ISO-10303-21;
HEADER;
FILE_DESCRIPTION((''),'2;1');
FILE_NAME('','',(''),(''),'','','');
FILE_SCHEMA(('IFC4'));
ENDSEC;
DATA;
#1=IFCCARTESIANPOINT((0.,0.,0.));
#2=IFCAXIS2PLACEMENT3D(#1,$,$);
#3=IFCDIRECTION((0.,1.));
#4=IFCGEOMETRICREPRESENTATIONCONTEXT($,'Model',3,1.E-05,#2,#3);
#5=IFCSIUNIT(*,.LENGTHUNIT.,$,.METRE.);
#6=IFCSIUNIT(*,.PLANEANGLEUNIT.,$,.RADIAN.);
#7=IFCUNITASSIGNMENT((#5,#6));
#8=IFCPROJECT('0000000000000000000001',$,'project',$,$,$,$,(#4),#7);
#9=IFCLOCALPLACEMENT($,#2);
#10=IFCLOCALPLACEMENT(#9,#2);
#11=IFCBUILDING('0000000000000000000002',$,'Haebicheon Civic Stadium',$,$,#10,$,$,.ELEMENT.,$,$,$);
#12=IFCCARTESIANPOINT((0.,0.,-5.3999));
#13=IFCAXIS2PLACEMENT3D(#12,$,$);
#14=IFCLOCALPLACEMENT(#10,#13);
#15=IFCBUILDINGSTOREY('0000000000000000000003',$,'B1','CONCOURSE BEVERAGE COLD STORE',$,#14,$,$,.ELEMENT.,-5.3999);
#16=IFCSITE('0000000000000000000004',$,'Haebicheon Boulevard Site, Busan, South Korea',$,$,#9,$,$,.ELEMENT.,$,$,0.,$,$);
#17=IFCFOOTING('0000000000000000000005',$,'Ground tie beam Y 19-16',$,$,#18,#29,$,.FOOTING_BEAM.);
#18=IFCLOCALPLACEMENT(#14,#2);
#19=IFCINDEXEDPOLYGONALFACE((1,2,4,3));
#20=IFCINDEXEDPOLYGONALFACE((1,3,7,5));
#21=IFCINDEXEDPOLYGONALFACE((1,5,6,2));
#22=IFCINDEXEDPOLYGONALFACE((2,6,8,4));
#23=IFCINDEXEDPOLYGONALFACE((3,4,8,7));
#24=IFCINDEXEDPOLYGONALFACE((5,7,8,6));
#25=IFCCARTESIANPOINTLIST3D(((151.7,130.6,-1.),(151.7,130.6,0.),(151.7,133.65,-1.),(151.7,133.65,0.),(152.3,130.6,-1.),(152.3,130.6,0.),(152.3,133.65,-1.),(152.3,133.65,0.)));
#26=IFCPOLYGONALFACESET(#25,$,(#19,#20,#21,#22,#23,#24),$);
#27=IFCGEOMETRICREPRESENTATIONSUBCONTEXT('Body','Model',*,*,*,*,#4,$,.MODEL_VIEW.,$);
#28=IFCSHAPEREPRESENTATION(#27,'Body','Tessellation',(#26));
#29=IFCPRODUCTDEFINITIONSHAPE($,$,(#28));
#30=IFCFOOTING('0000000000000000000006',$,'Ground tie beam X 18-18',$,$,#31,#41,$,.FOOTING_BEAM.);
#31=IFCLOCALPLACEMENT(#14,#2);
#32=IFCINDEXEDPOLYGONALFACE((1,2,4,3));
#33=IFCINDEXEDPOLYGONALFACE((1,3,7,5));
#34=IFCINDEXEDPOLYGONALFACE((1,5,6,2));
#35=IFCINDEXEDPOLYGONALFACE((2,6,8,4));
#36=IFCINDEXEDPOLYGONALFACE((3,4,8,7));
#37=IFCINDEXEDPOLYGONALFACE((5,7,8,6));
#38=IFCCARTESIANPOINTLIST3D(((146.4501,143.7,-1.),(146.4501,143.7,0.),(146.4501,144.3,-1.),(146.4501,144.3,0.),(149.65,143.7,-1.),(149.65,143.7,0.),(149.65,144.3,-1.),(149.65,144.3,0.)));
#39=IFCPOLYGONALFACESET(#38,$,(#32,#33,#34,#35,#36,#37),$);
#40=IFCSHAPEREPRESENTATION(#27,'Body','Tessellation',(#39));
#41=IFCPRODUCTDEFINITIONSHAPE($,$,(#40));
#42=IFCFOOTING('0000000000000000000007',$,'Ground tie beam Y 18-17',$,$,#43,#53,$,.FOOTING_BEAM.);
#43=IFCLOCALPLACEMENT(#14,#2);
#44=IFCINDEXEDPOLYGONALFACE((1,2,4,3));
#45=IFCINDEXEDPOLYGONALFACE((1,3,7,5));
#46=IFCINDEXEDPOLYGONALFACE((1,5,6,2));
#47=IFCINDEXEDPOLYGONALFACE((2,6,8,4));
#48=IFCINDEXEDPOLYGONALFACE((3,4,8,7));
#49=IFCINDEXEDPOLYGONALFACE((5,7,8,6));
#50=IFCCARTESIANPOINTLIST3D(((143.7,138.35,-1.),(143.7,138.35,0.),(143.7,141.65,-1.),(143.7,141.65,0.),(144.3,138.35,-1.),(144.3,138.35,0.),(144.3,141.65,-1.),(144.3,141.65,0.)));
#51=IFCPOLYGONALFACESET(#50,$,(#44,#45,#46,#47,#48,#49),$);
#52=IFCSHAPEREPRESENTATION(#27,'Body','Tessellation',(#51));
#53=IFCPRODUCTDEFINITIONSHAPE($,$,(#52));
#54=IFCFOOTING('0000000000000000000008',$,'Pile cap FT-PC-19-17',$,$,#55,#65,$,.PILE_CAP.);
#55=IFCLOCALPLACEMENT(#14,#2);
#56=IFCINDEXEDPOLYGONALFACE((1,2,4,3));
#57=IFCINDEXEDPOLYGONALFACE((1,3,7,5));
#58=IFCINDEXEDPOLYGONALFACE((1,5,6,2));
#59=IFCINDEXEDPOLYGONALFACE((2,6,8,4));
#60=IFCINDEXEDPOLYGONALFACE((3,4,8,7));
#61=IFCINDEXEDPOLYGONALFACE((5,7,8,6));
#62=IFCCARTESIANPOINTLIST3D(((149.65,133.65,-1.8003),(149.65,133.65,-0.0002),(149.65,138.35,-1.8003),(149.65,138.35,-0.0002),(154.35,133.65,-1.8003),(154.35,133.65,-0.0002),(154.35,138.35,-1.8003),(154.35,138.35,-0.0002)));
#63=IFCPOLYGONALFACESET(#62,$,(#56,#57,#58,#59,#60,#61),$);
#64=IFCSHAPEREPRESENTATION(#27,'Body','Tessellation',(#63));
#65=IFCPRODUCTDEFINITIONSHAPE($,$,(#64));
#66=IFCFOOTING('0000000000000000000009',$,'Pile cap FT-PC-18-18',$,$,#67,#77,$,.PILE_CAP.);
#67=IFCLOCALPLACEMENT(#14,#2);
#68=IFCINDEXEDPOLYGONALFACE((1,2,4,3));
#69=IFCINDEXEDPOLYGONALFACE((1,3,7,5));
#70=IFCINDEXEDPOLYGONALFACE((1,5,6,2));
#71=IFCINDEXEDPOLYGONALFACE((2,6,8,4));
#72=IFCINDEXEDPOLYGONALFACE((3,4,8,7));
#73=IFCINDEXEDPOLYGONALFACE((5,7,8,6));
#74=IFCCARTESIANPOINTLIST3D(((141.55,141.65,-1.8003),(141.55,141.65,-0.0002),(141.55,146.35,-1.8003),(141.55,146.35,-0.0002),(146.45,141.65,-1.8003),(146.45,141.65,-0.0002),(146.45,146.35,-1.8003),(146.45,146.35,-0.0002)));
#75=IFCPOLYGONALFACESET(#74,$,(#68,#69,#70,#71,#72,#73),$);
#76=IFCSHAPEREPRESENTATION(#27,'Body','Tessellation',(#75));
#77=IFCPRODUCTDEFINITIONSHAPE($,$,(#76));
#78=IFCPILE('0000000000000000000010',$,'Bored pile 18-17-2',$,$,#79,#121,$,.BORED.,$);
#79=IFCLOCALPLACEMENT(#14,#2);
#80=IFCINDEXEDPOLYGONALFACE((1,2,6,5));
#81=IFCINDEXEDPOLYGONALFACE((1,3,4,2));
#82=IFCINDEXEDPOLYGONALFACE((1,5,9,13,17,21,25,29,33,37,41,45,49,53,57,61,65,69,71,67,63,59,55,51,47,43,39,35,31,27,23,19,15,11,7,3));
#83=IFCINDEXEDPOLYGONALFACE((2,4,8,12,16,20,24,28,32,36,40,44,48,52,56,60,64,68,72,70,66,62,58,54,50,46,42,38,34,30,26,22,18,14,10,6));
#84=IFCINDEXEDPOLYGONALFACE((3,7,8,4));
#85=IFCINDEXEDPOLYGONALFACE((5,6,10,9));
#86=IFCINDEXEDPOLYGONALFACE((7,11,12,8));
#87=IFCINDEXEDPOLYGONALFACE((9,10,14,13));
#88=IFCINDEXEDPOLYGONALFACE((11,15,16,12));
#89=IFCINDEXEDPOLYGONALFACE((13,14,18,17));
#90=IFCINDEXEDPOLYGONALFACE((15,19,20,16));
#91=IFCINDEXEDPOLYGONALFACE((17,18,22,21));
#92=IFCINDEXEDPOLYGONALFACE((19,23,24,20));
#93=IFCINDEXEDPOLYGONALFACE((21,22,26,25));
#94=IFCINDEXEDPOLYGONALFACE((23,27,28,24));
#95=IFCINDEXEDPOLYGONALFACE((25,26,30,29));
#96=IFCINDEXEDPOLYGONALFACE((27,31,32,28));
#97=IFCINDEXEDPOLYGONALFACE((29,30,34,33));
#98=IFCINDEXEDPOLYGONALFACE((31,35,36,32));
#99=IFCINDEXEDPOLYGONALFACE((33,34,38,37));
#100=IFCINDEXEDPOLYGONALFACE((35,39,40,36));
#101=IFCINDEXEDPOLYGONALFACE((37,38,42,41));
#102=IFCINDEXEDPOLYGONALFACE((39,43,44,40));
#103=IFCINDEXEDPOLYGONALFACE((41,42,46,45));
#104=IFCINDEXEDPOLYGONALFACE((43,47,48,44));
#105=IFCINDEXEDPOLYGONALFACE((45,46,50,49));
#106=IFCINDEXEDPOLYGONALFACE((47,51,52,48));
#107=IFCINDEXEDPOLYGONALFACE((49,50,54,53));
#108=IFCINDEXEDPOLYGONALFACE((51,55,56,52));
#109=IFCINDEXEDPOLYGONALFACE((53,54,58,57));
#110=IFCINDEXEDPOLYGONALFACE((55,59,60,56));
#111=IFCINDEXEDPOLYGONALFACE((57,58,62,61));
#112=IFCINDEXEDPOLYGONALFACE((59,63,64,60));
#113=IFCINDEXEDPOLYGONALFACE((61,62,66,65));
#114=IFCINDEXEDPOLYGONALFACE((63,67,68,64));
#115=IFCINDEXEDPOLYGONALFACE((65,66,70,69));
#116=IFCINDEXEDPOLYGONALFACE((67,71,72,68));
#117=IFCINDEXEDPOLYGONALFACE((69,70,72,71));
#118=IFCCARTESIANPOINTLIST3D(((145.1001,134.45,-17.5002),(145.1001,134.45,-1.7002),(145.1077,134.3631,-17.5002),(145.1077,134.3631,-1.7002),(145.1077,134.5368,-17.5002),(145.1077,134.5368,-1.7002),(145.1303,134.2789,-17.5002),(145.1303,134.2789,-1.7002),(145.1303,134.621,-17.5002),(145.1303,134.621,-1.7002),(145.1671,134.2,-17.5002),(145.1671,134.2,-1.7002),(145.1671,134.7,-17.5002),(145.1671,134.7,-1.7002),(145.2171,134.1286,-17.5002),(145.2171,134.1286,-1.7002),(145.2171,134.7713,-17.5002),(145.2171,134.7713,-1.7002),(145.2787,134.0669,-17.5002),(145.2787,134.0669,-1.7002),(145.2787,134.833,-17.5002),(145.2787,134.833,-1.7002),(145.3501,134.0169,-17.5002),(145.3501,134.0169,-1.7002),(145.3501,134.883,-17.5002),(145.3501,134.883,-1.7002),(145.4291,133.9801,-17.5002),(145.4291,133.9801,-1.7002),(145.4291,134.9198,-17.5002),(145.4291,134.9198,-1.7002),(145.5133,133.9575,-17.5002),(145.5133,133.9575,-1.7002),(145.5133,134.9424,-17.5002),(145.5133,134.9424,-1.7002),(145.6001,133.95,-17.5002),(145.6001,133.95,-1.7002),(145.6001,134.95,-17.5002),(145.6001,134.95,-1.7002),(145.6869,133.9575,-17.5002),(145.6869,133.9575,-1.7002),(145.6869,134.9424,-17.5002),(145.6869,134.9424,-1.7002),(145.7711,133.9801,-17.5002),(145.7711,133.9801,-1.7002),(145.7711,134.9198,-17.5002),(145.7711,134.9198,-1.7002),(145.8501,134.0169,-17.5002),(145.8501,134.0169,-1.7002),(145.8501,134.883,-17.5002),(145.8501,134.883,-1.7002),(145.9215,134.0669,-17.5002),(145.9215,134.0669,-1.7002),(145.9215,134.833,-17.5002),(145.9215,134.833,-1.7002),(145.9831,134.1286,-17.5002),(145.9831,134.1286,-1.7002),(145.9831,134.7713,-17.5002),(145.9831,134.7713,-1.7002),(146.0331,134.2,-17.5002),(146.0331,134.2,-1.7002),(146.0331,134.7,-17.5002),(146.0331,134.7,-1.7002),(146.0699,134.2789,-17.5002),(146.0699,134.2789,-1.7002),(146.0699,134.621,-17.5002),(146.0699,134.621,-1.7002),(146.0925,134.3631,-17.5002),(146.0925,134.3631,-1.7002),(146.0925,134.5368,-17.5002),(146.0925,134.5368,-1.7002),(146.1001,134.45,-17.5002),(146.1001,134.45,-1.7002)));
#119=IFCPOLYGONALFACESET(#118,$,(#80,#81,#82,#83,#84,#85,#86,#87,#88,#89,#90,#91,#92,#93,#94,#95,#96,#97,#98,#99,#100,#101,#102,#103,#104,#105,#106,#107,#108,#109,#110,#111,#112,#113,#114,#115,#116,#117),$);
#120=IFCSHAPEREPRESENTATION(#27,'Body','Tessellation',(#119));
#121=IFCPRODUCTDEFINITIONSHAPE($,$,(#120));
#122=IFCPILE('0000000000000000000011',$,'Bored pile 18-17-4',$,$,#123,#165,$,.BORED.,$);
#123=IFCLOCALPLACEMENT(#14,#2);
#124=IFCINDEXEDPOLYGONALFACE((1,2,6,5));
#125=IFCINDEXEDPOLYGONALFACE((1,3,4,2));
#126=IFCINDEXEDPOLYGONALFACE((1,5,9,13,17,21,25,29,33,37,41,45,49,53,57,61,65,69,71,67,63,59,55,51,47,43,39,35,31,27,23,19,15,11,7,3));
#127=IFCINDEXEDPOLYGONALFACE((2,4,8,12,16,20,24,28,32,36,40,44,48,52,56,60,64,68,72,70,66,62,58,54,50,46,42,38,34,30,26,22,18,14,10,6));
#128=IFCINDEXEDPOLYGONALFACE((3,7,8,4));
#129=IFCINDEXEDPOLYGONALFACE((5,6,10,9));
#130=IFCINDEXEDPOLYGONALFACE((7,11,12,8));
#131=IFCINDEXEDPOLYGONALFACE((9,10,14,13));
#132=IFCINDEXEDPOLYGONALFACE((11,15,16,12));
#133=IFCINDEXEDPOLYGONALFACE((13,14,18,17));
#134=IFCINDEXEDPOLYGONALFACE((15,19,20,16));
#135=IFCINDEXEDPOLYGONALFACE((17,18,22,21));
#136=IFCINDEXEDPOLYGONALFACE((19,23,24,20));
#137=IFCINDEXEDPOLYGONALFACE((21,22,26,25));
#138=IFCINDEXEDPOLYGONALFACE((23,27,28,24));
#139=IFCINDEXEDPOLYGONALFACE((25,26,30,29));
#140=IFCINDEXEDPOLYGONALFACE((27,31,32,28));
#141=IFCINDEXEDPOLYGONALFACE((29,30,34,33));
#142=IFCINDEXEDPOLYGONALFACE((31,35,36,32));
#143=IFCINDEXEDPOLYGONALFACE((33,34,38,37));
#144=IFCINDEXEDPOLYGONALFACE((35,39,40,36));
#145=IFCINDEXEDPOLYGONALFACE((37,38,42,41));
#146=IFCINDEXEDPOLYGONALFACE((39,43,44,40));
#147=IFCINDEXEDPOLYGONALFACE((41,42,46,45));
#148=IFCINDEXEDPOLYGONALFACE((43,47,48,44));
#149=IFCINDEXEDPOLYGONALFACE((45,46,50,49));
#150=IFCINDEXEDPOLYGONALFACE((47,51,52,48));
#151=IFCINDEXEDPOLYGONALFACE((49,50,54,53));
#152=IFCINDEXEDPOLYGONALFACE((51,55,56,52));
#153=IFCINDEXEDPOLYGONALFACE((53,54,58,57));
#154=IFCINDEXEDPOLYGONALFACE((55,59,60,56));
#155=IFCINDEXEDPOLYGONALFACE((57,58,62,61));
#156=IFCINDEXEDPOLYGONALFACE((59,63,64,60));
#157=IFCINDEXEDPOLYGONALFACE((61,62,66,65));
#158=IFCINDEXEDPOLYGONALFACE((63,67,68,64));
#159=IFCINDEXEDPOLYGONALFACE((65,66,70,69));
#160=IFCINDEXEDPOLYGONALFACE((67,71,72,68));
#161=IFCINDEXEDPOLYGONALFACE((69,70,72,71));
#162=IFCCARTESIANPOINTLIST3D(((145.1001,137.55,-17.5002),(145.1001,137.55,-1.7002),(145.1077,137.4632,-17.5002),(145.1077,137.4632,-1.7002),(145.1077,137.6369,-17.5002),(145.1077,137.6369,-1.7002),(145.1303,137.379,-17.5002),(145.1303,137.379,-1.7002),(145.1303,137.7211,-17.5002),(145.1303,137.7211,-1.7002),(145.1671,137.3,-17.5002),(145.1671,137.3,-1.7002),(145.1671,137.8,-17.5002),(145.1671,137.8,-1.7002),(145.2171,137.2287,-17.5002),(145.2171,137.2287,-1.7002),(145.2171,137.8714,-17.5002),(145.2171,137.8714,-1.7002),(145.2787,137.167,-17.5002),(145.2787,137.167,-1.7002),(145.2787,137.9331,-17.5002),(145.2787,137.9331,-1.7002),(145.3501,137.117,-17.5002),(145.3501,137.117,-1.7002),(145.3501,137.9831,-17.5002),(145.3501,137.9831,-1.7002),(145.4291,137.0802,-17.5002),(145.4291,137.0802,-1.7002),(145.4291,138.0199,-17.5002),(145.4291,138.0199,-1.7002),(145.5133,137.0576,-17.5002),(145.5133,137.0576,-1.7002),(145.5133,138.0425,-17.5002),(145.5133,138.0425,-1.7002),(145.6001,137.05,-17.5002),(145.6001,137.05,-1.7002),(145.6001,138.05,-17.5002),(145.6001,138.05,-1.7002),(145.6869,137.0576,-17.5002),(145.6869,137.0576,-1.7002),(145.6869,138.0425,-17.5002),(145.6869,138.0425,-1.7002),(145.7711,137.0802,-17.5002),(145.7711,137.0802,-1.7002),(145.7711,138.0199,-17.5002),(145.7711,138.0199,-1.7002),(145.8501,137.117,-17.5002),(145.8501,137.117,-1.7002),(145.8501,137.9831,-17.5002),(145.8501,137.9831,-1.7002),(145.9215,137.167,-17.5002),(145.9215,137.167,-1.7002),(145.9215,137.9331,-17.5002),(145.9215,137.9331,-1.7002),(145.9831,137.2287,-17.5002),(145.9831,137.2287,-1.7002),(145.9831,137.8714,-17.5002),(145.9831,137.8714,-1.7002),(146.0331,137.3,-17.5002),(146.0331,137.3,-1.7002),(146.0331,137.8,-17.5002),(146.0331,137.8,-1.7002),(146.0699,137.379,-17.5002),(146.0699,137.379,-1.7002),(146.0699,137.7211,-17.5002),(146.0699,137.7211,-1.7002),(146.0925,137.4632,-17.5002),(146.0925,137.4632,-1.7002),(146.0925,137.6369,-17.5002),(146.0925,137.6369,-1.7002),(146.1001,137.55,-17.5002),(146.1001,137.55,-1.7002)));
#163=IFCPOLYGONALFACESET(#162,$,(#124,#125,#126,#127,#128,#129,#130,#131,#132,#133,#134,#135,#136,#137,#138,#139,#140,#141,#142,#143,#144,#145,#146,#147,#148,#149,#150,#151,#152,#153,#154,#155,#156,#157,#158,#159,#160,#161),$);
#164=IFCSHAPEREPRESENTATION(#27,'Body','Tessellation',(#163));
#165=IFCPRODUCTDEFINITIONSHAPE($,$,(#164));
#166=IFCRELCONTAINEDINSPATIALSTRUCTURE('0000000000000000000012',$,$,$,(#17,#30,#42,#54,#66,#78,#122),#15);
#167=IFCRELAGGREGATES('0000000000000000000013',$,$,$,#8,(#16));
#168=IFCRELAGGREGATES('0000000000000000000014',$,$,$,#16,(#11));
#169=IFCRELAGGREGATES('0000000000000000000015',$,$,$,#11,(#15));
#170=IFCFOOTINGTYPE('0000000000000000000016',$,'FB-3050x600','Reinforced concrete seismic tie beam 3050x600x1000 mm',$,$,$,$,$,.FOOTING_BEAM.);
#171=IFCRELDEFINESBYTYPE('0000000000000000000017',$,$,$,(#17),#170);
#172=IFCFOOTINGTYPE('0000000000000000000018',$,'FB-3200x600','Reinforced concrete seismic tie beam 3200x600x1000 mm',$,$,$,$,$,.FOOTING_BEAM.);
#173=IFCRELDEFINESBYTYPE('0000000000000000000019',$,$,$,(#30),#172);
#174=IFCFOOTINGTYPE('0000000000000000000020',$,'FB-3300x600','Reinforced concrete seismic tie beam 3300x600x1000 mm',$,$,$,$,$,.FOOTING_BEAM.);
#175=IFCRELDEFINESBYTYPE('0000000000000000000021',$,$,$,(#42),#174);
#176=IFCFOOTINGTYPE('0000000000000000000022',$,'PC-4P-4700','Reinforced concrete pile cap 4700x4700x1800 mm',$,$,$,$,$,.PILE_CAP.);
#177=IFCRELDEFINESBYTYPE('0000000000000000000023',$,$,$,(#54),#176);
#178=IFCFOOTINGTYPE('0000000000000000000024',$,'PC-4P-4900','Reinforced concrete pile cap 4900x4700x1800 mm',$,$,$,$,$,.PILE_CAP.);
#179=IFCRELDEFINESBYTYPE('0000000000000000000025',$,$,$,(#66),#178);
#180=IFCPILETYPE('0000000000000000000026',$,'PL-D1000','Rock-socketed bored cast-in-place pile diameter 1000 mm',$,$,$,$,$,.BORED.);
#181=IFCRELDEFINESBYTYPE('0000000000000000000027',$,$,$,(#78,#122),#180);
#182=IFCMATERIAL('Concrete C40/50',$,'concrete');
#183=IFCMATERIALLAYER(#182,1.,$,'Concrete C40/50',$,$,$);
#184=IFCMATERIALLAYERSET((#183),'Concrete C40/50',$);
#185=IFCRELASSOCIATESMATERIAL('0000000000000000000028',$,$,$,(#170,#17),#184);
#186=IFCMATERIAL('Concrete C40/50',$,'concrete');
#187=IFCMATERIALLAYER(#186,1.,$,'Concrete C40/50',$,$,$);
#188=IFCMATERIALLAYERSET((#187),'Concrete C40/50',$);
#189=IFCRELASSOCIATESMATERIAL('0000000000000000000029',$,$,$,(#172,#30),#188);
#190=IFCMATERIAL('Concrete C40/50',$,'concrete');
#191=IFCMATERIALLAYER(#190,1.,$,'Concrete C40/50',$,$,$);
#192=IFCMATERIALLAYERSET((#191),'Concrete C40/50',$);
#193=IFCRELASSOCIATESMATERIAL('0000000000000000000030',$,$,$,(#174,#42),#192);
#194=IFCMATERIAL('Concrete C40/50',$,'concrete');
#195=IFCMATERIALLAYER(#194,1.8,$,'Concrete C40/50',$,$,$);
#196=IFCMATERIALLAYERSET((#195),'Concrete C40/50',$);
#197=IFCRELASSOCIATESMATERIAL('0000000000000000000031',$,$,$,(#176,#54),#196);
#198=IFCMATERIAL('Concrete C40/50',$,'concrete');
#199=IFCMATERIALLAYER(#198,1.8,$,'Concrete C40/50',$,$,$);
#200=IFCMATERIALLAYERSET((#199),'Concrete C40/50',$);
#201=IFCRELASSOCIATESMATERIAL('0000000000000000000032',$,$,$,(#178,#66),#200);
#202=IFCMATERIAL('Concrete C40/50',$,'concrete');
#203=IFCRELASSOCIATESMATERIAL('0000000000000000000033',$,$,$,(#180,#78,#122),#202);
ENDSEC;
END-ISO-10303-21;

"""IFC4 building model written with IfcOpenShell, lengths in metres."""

from ifc_helpers import new_model, si_unit, direction, frame, origin, origin_2d, place, context, subcontext, project, spatial, rectangle, circle, extrude, material, layer, layer_set, material_profile, profile_set, type_object, element, save


model = new_model("IFC4")

# Units and contexts
model_context = context("Model", 3, precision=1e-05, world=origin(), true_north=direction((0.0, 1.0)))
body_context = subcontext(model_context, "Body", "Model", "MODEL_VIEW")
ifc_project = project(units=[si_unit("LENGTHUNIT", "METRE"), si_unit("PLANEANGLEUNIT", "RADIAN")], contexts=[model_context])

# Site, building, storey
site_placement = place(None, origin())
site = spatial("IfcSite", under=ifc_project, at=site_placement, Name="Haebicheon Boulevard Site, Busan, South Korea", CompositionType="ELEMENT", RefElevation=0.0)
building_placement = place(site_placement, origin())
building = spatial("IfcBuilding", under=site, at=building_placement, Name="Haebicheon Civic Stadium", CompositionType="ELEMENT")
storey_placement = place(building_placement, frame((0.0, 0.0, -5.3999)))
storey = spatial("IfcBuildingStorey", under=building, at=storey_placement, Name="B1", Description="CONCOURSE BEVERAGE COLD STORE", CompositionType="ELEMENT", Elevation=-5.3999)

# Footings
ifc_material_1 = material(Name="Concrete C40/50", Category="concrete")
ifc_layer_1 = layer(ifc_material_1, 1.0, Name="Concrete C40/50")
ifc_layer_set_1 = layer_set([ifc_layer_1], Name="Concrete C40/50")
footing_type_1 = type_object("IfcFootingType", Name="FB-3050x600", Description="Reinforced concrete seismic tie beam 3050x600x1000 mm", PredefinedType="FOOTING_BEAM", material=ifc_layer_set_1)
footing_1_placement = place(storey_placement, frame((152.0, 132.125, -1.0), z_axis=(0.0, 0.0, 1.0), x_axis=(0.0, 1.0, 0.0)))
element("IfcFooting", 1, at=footing_1_placement, inside=storey, type_object=footing_type_1, material=ifc_layer_set_1, Name="Ground tie beam Y 19-16", PredefinedType="FOOTING_BEAM", context=body_context, shape_type="SweptSolid", body=[
    extrude(rectangle(XDim=3.05, YDim=0.6001, at=origin_2d()), origin(), (0.0, 0.0, 1.0), 1.0),
])
ifc_material_2 = material(Name="Concrete C40/50", Category="concrete")
ifc_layer_2 = layer(ifc_material_2, 1.0, Name="Concrete C40/50")
ifc_layer_set_2 = layer_set([ifc_layer_2], Name="Concrete C40/50")
footing_type_2 = type_object("IfcFootingType", Name="FB-3200x600", Description="Reinforced concrete seismic tie beam 3200x600x1000 mm", PredefinedType="FOOTING_BEAM", material=ifc_layer_set_2)
footing_2_placement = place(storey_placement, frame((148.05, 144.0, -1.0), z_axis=(0.0, 0.0, 1.0), x_axis=(1.0, 0.0, 0.0)))
element("IfcFooting", 2, at=footing_2_placement, inside=storey, type_object=footing_type_2, material=ifc_layer_set_2, Name="Ground tie beam X 18-18", PredefinedType="FOOTING_BEAM", context=body_context, shape_type="SweptSolid", body=[
    extrude(rectangle(XDim=3.2, YDim=0.6001, at=origin_2d()), origin(), (0.0, 0.0, 1.0), 1.0),
])
ifc_material_3 = material(Name="Concrete C40/50", Category="concrete")
ifc_layer_3 = layer(ifc_material_3, 1.0, Name="Concrete C40/50")
ifc_layer_set_3 = layer_set([ifc_layer_3], Name="Concrete C40/50")
footing_type_3 = type_object("IfcFootingType", Name="FB-3300x600", Description="Reinforced concrete seismic tie beam 3300x600x1000 mm", PredefinedType="FOOTING_BEAM", material=ifc_layer_set_3)
footing_3_placement = place(storey_placement, frame((144.0, 140.0, -1.0), z_axis=(0.0, 0.0, 1.0), x_axis=(0.0, 1.0, 0.0)))
element("IfcFooting", 3, at=footing_3_placement, inside=storey, type_object=footing_type_3, material=ifc_layer_set_3, Name="Ground tie beam Y 18-17", PredefinedType="FOOTING_BEAM", context=body_context, shape_type="SweptSolid", body=[
    extrude(rectangle(XDim=3.3, YDim=0.6001, at=origin_2d()), origin(), (0.0, 0.0, 1.0), 1.0),
])
ifc_material_4 = material(Name="Concrete C40/50", Category="concrete")
ifc_layer_4 = layer(ifc_material_4, 1.8, Name="Concrete C40/50")
ifc_layer_set_4 = layer_set([ifc_layer_4], Name="Concrete C40/50")
footing_type_4 = type_object("IfcFootingType", Name="PC-4P-4700", Description="Reinforced concrete pile cap 4700x4700x1800 mm", PredefinedType="PILE_CAP", material=ifc_layer_set_4)
footing_4_placement = place(storey_placement, frame((152.0, 136.0, -1.8003), z_axis=(0.0, 0.0, 1.0), x_axis=(1.0, 0.0, 0.0)))
element("IfcFooting", 4, at=footing_4_placement, inside=storey, type_object=footing_type_4, material=ifc_layer_set_4, Name="Pile cap FT-PC-19-17", PredefinedType="PILE_CAP", context=body_context, shape_type="SweptSolid", body=[
    extrude(rectangle(XDim=4.7, YDim=4.7, at=origin_2d()), origin(), (0.0, 0.0, 1.0), 1.8),
])
ifc_material_5 = material(Name="Concrete C40/50", Category="concrete")
ifc_layer_5 = layer(ifc_material_5, 1.8, Name="Concrete C40/50")
ifc_layer_set_5 = layer_set([ifc_layer_5], Name="Concrete C40/50")
footing_type_5 = type_object("IfcFootingType", Name="PC-4P-4900", Description="Reinforced concrete pile cap 4900x4700x1800 mm", PredefinedType="PILE_CAP", material=ifc_layer_set_5)
footing_5_placement = place(storey_placement, frame((144.0, 144.0, -1.8003), z_axis=(0.0, 0.0, 1.0), x_axis=(1.0, 0.0, 0.0)))
element("IfcFooting", 5, at=footing_5_placement, inside=storey, type_object=footing_type_5, material=ifc_layer_set_5, Name="Pile cap FT-PC-18-18", PredefinedType="PILE_CAP", context=body_context, shape_type="SweptSolid", body=[
    extrude(rectangle(XDim=4.8999, YDim=4.7, at=origin_2d()), origin(), (0.0, 0.0, 1.0), 1.8),
])

# Piles
ifc_material_6 = material(Name="Concrete C40/50", Category="concrete")
ifc_material_profile_1 = material_profile(ifc_material_6, circle(Radius=0.5, at=origin_2d()), Name="PILE-D1000")
ifc_profile_set_1 = profile_set([ifc_material_profile_1], Name="Concrete C40/50")
pile_type_1 = type_object("IfcPileType", Name="PL-D1000", Description="Rock-socketed bored cast-in-place pile diameter 1000 mm", PredefinedType="BORED", material=ifc_profile_set_1)
for number, where, z_axis, x_axis, name in (
    (6, (145.6001, 134.45, -1.7002), (0.0, 0.0, -1.0), (1.0, 0.0, 0.0), "Bored pile 18-17-2"),
    (7, (145.6001, 137.55, -1.7002), (0.0, 0.0, -1.0), (1.0, 0.0, 0.0), "Bored pile 18-17-4"),
):
    element("IfcPile", number, at=place(storey_placement, frame(where, z_axis=z_axis, x_axis=x_axis)), inside=storey, type_object=pile_type_1, material=ifc_profile_set_1, Name=name, PredefinedType="BORED", context=body_context, shape_type="SweptSolid", body=[
        extrude(circle(Radius=0.5, at=origin_2d()), origin(), (0.0, 0.0, 1.0), 15.8),
    ])

save(model, "model.ifc")
